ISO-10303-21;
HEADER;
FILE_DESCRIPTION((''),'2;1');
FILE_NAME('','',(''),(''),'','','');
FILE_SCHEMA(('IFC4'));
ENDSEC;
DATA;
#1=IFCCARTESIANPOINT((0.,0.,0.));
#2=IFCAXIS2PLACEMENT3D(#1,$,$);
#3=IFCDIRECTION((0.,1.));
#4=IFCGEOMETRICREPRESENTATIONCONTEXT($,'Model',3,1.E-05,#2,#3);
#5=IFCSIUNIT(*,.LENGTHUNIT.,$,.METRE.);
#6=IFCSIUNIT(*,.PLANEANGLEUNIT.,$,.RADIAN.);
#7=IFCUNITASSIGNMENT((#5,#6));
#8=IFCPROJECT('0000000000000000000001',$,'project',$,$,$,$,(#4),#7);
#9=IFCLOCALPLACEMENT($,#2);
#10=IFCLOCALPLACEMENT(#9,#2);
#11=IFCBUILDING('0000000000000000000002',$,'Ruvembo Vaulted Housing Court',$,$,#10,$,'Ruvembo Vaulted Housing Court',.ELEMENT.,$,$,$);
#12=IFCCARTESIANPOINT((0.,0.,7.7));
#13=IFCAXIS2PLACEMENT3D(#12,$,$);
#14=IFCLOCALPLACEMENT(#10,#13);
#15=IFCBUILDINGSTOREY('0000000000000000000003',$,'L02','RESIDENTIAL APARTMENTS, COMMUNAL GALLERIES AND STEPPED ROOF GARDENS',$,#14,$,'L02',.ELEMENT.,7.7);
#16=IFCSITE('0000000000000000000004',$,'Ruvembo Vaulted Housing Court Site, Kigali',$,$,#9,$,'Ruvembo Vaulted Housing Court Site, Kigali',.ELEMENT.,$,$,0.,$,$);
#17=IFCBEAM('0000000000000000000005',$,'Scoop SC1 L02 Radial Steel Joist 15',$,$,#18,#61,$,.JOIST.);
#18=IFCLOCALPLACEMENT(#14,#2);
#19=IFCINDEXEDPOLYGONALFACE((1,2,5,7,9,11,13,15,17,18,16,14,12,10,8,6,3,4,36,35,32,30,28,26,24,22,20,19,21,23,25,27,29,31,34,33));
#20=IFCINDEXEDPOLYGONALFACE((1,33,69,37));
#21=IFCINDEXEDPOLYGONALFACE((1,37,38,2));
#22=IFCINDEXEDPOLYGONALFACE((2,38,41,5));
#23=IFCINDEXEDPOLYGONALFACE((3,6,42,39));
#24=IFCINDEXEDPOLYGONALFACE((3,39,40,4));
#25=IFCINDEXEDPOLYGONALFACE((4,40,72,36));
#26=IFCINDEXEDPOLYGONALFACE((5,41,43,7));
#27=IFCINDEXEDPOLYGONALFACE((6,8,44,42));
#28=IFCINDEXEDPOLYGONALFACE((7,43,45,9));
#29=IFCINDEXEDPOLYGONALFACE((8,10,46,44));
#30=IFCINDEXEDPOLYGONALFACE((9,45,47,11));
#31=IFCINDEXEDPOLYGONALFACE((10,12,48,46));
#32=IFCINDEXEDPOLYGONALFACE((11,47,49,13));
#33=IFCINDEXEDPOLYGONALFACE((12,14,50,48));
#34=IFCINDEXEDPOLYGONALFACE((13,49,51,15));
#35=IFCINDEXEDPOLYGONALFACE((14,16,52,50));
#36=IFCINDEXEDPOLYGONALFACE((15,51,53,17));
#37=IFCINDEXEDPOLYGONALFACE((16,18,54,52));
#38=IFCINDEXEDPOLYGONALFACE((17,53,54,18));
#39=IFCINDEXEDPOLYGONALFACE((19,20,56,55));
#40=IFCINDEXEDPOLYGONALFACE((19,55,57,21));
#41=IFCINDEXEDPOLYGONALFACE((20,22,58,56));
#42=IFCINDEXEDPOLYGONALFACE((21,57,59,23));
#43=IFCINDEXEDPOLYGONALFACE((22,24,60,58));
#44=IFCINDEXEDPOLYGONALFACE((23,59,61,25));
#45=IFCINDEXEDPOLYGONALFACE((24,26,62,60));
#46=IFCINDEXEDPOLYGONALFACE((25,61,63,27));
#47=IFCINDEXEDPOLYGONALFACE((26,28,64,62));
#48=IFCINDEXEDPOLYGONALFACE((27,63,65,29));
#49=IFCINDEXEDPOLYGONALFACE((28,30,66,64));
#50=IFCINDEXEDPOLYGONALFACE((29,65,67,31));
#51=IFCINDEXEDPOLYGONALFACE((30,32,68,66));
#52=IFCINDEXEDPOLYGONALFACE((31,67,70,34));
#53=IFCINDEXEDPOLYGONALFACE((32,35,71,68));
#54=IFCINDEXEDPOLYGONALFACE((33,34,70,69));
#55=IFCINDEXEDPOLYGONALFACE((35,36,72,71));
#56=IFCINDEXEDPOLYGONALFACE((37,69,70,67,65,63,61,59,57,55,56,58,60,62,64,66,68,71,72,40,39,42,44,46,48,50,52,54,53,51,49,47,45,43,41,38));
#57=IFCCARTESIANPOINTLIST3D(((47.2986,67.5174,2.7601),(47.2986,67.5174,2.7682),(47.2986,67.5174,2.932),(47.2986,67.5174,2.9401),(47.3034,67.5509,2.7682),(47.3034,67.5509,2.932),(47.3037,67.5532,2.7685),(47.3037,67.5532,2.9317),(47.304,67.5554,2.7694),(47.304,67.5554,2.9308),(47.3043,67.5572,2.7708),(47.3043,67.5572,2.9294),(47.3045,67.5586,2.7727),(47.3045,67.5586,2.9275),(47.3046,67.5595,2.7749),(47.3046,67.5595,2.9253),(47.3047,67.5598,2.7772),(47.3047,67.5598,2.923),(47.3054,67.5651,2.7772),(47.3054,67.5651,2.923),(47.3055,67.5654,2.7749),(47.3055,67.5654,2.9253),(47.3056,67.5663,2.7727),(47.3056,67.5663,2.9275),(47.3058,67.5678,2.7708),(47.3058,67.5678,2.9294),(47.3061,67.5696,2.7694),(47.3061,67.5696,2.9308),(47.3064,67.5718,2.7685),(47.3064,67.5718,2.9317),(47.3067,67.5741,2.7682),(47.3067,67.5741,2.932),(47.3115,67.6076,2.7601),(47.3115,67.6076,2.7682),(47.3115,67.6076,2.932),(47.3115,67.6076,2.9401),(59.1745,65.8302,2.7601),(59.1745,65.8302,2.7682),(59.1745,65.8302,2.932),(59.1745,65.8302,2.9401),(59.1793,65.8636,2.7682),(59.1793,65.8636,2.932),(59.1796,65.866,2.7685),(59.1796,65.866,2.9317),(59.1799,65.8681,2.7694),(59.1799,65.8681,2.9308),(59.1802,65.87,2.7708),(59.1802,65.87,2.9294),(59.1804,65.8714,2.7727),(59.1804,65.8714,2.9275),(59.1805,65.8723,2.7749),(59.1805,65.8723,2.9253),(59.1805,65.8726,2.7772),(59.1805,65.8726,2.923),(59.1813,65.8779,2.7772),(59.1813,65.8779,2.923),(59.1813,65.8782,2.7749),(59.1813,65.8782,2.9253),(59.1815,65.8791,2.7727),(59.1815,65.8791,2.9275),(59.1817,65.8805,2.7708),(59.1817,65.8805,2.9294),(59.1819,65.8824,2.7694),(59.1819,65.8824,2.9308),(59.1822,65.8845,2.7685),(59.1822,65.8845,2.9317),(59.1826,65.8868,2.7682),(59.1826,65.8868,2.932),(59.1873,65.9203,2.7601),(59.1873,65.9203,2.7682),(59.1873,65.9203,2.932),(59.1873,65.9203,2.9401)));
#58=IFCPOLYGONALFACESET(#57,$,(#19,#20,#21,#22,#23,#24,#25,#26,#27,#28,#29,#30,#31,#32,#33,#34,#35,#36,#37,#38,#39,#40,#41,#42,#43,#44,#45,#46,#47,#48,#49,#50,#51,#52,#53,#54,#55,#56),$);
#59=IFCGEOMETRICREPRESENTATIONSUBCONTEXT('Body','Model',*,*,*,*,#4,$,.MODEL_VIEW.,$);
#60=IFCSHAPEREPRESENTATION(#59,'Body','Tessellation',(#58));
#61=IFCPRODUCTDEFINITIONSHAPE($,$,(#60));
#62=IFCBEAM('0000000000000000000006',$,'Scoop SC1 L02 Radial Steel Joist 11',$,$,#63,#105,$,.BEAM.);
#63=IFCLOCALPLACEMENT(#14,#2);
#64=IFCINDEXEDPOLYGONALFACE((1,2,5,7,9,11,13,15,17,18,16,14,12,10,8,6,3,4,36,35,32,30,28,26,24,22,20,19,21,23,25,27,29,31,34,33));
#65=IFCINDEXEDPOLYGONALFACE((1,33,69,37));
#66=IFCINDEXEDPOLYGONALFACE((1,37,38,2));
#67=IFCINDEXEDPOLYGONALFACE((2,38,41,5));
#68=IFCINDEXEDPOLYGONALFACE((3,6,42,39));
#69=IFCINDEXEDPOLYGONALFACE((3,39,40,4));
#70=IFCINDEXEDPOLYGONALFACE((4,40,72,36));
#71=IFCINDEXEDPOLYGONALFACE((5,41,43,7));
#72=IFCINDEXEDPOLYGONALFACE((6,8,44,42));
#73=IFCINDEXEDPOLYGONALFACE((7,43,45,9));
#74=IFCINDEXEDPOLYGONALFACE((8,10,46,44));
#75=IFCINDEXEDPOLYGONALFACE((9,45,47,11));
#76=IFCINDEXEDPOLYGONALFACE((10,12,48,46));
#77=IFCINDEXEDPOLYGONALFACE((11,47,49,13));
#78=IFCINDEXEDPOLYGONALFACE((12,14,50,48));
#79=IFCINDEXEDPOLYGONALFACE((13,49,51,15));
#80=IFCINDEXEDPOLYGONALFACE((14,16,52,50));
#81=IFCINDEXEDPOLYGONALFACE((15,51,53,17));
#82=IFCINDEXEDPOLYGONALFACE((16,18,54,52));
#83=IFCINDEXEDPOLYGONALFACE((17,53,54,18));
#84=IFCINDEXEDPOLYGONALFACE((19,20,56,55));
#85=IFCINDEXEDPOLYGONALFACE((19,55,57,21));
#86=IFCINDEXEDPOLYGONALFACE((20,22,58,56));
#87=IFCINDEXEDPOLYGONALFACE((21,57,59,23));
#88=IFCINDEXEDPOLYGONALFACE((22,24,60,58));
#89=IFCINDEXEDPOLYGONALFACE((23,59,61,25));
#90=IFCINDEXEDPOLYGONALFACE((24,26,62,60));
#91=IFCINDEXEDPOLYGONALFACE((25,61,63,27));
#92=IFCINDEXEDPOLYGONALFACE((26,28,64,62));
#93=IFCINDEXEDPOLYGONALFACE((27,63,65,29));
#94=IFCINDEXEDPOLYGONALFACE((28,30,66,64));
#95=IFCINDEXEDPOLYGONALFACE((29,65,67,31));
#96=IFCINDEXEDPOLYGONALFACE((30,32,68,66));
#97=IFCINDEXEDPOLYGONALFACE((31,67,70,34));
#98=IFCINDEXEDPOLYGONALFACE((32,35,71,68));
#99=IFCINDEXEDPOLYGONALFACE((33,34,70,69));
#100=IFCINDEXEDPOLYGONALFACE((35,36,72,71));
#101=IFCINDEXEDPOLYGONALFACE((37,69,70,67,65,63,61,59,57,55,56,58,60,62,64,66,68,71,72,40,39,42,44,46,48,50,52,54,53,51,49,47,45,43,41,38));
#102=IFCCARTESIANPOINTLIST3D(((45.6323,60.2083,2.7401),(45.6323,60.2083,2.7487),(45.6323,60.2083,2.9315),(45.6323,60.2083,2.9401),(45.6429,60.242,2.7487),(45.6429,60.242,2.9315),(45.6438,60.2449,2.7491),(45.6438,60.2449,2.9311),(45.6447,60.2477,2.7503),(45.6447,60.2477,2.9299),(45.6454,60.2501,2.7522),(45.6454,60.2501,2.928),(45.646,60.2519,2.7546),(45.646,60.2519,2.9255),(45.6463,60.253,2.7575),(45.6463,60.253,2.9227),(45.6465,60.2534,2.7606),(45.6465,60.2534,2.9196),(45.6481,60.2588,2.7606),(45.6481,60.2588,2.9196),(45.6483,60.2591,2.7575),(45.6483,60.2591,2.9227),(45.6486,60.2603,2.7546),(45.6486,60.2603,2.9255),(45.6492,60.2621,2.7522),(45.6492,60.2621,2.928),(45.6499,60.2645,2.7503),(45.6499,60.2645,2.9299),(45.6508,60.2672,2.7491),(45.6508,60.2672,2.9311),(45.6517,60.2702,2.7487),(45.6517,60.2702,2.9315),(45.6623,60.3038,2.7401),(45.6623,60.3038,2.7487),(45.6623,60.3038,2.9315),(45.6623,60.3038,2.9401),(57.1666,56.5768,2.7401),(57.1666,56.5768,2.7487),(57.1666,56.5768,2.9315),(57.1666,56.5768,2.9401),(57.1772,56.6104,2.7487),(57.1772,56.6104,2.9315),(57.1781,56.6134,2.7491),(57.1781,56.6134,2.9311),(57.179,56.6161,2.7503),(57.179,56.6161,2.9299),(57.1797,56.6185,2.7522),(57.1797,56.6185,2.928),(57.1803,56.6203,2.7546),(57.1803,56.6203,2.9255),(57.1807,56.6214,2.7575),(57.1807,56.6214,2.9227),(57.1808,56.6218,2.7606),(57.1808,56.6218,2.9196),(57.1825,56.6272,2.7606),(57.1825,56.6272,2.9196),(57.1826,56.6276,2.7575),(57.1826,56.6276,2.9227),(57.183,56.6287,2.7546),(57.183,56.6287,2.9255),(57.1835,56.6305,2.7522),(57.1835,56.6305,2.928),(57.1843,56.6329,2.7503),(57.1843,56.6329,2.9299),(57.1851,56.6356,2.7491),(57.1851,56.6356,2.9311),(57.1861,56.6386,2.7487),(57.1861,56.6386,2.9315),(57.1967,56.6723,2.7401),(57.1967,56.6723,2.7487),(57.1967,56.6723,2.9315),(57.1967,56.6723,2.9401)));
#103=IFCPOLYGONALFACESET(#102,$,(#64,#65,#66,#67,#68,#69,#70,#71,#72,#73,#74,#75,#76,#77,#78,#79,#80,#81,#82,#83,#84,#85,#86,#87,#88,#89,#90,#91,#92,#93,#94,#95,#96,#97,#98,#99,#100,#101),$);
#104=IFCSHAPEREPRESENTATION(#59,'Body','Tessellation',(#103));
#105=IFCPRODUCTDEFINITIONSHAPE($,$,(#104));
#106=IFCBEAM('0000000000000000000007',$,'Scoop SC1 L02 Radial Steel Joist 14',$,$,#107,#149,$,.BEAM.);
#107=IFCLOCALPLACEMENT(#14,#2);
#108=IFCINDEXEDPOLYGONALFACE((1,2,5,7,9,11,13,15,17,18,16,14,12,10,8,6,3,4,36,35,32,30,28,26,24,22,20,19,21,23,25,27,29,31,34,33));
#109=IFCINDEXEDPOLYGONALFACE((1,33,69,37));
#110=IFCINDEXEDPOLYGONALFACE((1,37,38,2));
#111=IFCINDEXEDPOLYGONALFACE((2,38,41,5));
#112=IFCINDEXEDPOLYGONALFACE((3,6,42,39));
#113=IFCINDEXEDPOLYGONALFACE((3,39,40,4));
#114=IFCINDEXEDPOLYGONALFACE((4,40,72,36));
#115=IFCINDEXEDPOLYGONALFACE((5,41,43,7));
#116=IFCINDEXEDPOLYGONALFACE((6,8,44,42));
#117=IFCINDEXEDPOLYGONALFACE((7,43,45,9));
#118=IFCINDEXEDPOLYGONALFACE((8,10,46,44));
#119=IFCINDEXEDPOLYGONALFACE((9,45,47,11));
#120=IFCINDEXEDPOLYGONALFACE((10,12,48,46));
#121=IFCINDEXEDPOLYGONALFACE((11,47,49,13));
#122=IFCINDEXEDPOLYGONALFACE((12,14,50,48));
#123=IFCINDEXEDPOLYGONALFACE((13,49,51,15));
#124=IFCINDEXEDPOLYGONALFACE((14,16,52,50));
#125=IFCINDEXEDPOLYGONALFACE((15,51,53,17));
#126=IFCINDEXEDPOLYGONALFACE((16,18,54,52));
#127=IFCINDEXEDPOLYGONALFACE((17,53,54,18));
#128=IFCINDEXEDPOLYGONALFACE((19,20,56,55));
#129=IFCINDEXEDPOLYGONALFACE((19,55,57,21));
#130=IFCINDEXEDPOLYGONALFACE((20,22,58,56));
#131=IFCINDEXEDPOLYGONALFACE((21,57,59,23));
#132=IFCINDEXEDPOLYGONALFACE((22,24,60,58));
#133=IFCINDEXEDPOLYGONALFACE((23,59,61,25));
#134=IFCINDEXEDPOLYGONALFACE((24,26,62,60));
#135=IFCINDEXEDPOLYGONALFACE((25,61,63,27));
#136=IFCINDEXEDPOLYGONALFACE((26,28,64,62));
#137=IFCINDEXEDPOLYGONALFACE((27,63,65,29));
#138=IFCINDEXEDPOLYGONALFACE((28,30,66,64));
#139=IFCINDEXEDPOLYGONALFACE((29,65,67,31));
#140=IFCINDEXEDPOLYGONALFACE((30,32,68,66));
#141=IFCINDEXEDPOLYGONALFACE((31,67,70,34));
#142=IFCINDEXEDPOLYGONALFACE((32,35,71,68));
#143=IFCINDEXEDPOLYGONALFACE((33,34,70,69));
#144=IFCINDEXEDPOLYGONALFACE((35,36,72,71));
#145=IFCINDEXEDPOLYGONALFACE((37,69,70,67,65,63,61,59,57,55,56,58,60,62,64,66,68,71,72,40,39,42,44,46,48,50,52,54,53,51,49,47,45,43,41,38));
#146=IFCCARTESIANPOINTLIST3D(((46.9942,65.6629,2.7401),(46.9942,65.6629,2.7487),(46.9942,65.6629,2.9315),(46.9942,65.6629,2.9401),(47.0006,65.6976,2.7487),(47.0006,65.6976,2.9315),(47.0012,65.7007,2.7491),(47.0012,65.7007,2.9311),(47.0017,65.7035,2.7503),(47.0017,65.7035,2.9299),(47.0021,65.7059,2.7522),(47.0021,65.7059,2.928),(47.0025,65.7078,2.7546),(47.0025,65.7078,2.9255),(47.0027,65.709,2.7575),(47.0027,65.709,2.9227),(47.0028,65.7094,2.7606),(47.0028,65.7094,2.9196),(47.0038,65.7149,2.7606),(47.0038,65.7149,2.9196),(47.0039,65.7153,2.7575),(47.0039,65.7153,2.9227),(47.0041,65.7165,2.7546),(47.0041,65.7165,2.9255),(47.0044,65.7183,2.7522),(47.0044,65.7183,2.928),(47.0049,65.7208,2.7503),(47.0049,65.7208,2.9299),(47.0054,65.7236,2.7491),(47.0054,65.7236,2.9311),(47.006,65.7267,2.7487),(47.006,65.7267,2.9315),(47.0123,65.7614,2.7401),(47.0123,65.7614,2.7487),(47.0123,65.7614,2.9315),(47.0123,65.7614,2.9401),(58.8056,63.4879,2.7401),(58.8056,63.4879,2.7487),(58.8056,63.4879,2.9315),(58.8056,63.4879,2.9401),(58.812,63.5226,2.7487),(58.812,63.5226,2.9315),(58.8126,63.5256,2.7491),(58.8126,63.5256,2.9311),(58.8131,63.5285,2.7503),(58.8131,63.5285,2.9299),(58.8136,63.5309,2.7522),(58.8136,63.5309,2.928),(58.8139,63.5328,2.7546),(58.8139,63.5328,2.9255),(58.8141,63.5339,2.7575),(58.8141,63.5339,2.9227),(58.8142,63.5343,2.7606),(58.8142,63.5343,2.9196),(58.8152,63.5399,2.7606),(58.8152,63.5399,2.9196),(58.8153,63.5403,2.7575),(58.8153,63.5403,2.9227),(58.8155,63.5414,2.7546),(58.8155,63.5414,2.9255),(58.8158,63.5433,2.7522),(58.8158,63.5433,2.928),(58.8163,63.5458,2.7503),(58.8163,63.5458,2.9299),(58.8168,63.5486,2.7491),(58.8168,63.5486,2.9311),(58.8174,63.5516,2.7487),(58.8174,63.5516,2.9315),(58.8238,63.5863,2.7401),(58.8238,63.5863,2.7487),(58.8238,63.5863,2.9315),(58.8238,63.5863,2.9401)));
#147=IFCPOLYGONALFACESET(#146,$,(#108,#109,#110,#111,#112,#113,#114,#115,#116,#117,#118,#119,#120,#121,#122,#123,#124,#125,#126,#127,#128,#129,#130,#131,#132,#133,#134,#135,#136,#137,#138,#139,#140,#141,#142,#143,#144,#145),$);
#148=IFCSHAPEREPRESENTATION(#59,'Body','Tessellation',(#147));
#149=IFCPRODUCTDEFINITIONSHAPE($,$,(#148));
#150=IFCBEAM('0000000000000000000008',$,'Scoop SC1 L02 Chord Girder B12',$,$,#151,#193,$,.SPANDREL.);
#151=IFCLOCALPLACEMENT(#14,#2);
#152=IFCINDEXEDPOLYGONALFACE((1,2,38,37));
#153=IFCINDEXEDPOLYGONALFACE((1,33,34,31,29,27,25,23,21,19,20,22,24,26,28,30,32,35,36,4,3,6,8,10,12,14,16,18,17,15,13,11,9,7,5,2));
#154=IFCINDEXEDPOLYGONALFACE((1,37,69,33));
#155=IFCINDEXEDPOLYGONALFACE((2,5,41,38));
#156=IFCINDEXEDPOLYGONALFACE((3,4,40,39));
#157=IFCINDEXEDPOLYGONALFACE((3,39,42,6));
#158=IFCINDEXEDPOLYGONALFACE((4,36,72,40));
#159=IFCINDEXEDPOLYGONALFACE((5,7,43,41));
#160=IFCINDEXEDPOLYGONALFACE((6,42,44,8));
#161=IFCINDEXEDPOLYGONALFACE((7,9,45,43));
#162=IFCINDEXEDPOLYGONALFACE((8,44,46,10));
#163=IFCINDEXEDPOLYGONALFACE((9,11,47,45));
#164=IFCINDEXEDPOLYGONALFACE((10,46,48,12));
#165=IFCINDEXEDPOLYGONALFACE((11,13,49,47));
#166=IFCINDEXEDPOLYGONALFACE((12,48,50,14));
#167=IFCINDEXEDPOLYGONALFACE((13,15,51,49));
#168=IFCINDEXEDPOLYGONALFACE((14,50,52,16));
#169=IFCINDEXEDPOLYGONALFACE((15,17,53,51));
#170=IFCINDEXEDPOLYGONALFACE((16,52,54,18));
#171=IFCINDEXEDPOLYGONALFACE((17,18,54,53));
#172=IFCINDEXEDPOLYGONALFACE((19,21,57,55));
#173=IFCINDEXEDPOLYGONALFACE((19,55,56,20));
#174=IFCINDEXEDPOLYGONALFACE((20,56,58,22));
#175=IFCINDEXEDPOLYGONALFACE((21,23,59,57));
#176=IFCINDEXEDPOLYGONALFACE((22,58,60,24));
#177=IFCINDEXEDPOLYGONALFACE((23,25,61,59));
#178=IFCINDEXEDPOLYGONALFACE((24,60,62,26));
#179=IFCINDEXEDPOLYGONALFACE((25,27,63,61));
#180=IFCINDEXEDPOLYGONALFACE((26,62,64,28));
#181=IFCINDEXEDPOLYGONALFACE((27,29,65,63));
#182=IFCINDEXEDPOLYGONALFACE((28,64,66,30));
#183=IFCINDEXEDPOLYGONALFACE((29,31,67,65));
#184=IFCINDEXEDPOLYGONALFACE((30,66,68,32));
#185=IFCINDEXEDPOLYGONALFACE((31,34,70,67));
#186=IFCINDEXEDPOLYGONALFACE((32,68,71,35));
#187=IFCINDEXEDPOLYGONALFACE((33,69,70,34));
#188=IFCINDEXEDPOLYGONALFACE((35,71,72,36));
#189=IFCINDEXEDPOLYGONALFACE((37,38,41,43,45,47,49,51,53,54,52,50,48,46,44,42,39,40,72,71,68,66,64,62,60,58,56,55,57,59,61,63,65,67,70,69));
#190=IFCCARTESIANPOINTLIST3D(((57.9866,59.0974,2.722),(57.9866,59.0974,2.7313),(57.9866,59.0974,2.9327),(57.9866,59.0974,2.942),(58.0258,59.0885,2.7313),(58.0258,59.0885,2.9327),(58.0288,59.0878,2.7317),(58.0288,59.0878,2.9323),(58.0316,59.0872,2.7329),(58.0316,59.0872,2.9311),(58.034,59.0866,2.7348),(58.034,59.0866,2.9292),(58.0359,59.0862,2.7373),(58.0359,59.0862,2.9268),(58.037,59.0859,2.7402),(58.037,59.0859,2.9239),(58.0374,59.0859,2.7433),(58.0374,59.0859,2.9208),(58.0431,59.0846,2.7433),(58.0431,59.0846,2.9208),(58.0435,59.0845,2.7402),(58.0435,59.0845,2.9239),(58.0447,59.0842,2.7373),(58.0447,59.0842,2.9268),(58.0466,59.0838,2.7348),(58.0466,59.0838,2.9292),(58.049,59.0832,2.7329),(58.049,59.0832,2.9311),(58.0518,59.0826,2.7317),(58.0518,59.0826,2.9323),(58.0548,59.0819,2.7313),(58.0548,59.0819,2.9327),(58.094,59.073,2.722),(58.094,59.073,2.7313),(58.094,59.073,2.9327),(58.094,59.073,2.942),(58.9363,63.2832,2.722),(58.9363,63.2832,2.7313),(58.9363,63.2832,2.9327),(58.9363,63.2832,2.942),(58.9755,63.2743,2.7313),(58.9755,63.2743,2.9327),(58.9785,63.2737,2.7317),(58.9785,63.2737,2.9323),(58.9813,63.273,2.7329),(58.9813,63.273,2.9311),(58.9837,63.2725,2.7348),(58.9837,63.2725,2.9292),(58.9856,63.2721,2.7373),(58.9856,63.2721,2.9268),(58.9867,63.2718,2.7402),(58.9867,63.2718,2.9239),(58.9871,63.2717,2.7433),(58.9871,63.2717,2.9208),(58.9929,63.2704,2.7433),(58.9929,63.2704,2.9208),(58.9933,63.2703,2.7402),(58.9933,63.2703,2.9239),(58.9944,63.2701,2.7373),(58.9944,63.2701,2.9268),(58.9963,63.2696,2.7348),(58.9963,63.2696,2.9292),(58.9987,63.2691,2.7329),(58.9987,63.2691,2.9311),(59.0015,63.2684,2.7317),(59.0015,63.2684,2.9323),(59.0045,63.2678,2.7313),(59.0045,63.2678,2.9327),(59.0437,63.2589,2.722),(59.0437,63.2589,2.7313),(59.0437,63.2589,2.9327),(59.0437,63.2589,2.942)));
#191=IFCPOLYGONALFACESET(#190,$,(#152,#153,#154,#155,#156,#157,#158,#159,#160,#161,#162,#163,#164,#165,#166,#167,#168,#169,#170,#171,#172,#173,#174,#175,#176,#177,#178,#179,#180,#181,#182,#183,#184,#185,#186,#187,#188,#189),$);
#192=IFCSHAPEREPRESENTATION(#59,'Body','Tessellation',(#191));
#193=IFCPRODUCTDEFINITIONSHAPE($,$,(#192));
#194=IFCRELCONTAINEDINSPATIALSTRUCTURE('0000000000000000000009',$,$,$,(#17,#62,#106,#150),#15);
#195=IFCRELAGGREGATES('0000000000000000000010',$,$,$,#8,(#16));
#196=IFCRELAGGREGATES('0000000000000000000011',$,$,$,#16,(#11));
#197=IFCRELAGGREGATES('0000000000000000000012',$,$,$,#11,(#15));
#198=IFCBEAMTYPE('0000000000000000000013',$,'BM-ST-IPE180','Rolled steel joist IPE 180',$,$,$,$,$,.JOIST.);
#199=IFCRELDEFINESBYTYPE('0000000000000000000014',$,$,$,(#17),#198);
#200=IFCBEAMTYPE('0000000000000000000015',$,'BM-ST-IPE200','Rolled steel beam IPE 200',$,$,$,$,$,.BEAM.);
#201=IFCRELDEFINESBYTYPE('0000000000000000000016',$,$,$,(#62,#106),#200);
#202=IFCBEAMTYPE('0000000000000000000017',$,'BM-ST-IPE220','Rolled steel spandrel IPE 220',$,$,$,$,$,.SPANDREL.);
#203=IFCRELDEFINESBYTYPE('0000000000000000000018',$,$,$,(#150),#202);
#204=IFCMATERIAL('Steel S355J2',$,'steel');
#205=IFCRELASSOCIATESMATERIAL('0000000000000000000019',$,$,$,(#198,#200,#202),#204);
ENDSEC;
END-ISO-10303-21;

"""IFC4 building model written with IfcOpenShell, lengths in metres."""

from ifc_helpers import new_model, si_unit, direction, frame, origin, origin_2d, place, context, subcontext, project, spatial, i_section, extrude, material, material_profile, profile_set, type_object, element, save


model = new_model("IFC4")

# Units and contexts
model_context = context("Model", 3, precision=1e-05, world=origin(), true_north=direction((0.0, 1.0)))
body_context = subcontext(model_context, "Body", "Model", "MODEL_VIEW")
ifc_project = project(units=[si_unit("LENGTHUNIT", "METRE"), si_unit("PLANEANGLEUNIT", "RADIAN")], contexts=[model_context])

# Site, building, storey
site_placement = place(None, origin())
site = spatial("IfcSite", under=ifc_project, at=site_placement, Name="Ruvembo Vaulted Housing Court Site, Kigali", LongName="Ruvembo Vaulted Housing Court Site, Kigali", CompositionType="ELEMENT", RefElevation=0.0)
building_placement = place(site_placement, origin())
building = spatial("IfcBuilding", under=site, at=building_placement, Name="Ruvembo Vaulted Housing Court", LongName="Ruvembo Vaulted Housing Court", CompositionType="ELEMENT")
storey_placement = place(building_placement, frame((0.0, 0.0, 7.7)))
storey = spatial("IfcBuildingStorey", under=building, at=storey_placement, Name="L02", Description="RESIDENTIAL APARTMENTS, COMMUNAL GALLERIES AND STEPPED ROOF GARDENS", LongName="L02", CompositionType="ELEMENT", Elevation=7.7)

# Beams
ifc_material_1 = material(Name="Steel S355J2", Category="steel")
ifc_material_profile_1 = material_profile(ifc_material_1, i_section(OverallWidth=0.0911, OverallDepth=0.1799, WebThickness=0.0054, FlangeThickness=0.0081, FilletRadius=0.009, at=origin_2d()), Name="IPE 180")
ifc_profile_set_1 = profile_set([ifc_material_profile_1], Name="Steel S355J2")
beam_type_1 = type_object("IfcBeamType", Name="BM-ST-IPE180", Description="Rolled steel joist IPE 180", PredefinedType="JOIST", material=ifc_profile_set_1)
beam_1_placement = place(storey_placement, frame((59.1809, 65.8752, 2.8501), z_axis=(-0.990058, 0.140661, 0.0), x_axis=(-0.140661, -0.990058, 0.0)))
element("IfcBeam", 1, at=beam_1_placement, inside=storey, type_object=beam_type_1, Name="Scoop SC1 L02 Radial Steel Joist 15", PredefinedType="JOIST", context=body_context, shape_type="SweptSolid", body=[
    extrude(i_section(OverallWidth=0.0911, OverallDepth=0.1799, WebThickness=0.0054, FlangeThickness=0.0081, FilletRadius=0.009, at=origin_2d()), origin(), (0.0, 0.0, 1.0), 11.9951),
])
ifc_material_profile_2 = material_profile(ifc_material_1, i_section(OverallWidth=0.1001, OverallDepth=0.2, WebThickness=0.0056, FlangeThickness=0.0085, FilletRadius=0.012, at=origin_2d()), Name="IPE 200")
ifc_profile_set_2 = profile_set([ifc_material_profile_2], Name="Steel S355J2")
beam_type_2 = type_object("IfcBeamType", Name="BM-ST-IPE200", Description="Rolled steel beam IPE 200", PredefinedType="BEAM", material=ifc_profile_set_2)
beam_2_placement = place(storey_placement, frame((57.1816, 56.6245, 2.8401), z_axis=(-0.95384, 0.300315, 0.0), x_axis=(-0.300315, -0.95384, 0.0)))
element("IfcBeam", 2, at=beam_2_placement, inside=storey, type_object=beam_type_2, Name="Scoop SC1 L02 Radial Steel Joist 11", PredefinedType="BEAM", context=body_context, shape_type="SweptSolid", body=[
    extrude(i_section(OverallWidth=0.1001, OverallDepth=0.2, WebThickness=0.0056, FlangeThickness=0.0085, FilletRadius=0.012, at=origin_2d()), origin(), (0.0, 0.0, 1.0), 12.0925),
])
beam_3_placement = place(storey_placement, frame((58.8147, 63.5371, 2.8401), z_axis=(-0.983464, 0.181101, 0.0), x_axis=(-0.181101, -0.983464, 0.0)))
element("IfcBeam", 3, at=beam_3_placement, inside=storey, type_object=beam_type_2, Name="Scoop SC1 L02 Radial Steel Joist 14", PredefinedType="BEAM", context=body_context, shape_type="SweptSolid", body=[
    extrude(i_section(OverallWidth=0.1001, OverallDepth=0.2, WebThickness=0.0056, FlangeThickness=0.0085, FilletRadius=0.012, at=origin_2d()), origin(), (0.0, 0.0, 1.0), 12.01),
])
ifc_material_profile_3 = material_profile(ifc_material_1, i_section(OverallWidth=0.1101, OverallDepth=0.22, WebThickness=0.0059, FlangeThickness=0.0093, FilletRadius=0.012, at=origin_2d()), Name="IPE 220")
ifc_profile_set_3 = profile_set([ifc_material_profile_3], Name="Steel S355J2")
beam_type_3 = type_object("IfcBeamType", Name="BM-ST-IPE220", Description="Rolled steel spandrel IPE 220", PredefinedType="SPANDREL", material=ifc_profile_set_3)
beam_4_placement = place(storey_placement, frame((58.0403, 59.0852, 2.832), z_axis=(0.221265, 0.975214, 0.0), x_axis=(-0.975214, 0.221265, 0.0)))
element("IfcBeam", 4, at=beam_4_placement, inside=storey, type_object=beam_type_3, Name="Scoop SC1 L02 Chord Girder B12", PredefinedType="SPANDREL", context=body_context, shape_type="SweptSolid", body=[
    extrude(i_section(OverallWidth=0.1101, OverallDepth=0.22, WebThickness=0.0059, FlangeThickness=0.0093, FilletRadius=0.012, at=origin_2d()), origin(), (0.0, 0.0, 1.0), 4.2922),
])

save(model, "model.ifc")
